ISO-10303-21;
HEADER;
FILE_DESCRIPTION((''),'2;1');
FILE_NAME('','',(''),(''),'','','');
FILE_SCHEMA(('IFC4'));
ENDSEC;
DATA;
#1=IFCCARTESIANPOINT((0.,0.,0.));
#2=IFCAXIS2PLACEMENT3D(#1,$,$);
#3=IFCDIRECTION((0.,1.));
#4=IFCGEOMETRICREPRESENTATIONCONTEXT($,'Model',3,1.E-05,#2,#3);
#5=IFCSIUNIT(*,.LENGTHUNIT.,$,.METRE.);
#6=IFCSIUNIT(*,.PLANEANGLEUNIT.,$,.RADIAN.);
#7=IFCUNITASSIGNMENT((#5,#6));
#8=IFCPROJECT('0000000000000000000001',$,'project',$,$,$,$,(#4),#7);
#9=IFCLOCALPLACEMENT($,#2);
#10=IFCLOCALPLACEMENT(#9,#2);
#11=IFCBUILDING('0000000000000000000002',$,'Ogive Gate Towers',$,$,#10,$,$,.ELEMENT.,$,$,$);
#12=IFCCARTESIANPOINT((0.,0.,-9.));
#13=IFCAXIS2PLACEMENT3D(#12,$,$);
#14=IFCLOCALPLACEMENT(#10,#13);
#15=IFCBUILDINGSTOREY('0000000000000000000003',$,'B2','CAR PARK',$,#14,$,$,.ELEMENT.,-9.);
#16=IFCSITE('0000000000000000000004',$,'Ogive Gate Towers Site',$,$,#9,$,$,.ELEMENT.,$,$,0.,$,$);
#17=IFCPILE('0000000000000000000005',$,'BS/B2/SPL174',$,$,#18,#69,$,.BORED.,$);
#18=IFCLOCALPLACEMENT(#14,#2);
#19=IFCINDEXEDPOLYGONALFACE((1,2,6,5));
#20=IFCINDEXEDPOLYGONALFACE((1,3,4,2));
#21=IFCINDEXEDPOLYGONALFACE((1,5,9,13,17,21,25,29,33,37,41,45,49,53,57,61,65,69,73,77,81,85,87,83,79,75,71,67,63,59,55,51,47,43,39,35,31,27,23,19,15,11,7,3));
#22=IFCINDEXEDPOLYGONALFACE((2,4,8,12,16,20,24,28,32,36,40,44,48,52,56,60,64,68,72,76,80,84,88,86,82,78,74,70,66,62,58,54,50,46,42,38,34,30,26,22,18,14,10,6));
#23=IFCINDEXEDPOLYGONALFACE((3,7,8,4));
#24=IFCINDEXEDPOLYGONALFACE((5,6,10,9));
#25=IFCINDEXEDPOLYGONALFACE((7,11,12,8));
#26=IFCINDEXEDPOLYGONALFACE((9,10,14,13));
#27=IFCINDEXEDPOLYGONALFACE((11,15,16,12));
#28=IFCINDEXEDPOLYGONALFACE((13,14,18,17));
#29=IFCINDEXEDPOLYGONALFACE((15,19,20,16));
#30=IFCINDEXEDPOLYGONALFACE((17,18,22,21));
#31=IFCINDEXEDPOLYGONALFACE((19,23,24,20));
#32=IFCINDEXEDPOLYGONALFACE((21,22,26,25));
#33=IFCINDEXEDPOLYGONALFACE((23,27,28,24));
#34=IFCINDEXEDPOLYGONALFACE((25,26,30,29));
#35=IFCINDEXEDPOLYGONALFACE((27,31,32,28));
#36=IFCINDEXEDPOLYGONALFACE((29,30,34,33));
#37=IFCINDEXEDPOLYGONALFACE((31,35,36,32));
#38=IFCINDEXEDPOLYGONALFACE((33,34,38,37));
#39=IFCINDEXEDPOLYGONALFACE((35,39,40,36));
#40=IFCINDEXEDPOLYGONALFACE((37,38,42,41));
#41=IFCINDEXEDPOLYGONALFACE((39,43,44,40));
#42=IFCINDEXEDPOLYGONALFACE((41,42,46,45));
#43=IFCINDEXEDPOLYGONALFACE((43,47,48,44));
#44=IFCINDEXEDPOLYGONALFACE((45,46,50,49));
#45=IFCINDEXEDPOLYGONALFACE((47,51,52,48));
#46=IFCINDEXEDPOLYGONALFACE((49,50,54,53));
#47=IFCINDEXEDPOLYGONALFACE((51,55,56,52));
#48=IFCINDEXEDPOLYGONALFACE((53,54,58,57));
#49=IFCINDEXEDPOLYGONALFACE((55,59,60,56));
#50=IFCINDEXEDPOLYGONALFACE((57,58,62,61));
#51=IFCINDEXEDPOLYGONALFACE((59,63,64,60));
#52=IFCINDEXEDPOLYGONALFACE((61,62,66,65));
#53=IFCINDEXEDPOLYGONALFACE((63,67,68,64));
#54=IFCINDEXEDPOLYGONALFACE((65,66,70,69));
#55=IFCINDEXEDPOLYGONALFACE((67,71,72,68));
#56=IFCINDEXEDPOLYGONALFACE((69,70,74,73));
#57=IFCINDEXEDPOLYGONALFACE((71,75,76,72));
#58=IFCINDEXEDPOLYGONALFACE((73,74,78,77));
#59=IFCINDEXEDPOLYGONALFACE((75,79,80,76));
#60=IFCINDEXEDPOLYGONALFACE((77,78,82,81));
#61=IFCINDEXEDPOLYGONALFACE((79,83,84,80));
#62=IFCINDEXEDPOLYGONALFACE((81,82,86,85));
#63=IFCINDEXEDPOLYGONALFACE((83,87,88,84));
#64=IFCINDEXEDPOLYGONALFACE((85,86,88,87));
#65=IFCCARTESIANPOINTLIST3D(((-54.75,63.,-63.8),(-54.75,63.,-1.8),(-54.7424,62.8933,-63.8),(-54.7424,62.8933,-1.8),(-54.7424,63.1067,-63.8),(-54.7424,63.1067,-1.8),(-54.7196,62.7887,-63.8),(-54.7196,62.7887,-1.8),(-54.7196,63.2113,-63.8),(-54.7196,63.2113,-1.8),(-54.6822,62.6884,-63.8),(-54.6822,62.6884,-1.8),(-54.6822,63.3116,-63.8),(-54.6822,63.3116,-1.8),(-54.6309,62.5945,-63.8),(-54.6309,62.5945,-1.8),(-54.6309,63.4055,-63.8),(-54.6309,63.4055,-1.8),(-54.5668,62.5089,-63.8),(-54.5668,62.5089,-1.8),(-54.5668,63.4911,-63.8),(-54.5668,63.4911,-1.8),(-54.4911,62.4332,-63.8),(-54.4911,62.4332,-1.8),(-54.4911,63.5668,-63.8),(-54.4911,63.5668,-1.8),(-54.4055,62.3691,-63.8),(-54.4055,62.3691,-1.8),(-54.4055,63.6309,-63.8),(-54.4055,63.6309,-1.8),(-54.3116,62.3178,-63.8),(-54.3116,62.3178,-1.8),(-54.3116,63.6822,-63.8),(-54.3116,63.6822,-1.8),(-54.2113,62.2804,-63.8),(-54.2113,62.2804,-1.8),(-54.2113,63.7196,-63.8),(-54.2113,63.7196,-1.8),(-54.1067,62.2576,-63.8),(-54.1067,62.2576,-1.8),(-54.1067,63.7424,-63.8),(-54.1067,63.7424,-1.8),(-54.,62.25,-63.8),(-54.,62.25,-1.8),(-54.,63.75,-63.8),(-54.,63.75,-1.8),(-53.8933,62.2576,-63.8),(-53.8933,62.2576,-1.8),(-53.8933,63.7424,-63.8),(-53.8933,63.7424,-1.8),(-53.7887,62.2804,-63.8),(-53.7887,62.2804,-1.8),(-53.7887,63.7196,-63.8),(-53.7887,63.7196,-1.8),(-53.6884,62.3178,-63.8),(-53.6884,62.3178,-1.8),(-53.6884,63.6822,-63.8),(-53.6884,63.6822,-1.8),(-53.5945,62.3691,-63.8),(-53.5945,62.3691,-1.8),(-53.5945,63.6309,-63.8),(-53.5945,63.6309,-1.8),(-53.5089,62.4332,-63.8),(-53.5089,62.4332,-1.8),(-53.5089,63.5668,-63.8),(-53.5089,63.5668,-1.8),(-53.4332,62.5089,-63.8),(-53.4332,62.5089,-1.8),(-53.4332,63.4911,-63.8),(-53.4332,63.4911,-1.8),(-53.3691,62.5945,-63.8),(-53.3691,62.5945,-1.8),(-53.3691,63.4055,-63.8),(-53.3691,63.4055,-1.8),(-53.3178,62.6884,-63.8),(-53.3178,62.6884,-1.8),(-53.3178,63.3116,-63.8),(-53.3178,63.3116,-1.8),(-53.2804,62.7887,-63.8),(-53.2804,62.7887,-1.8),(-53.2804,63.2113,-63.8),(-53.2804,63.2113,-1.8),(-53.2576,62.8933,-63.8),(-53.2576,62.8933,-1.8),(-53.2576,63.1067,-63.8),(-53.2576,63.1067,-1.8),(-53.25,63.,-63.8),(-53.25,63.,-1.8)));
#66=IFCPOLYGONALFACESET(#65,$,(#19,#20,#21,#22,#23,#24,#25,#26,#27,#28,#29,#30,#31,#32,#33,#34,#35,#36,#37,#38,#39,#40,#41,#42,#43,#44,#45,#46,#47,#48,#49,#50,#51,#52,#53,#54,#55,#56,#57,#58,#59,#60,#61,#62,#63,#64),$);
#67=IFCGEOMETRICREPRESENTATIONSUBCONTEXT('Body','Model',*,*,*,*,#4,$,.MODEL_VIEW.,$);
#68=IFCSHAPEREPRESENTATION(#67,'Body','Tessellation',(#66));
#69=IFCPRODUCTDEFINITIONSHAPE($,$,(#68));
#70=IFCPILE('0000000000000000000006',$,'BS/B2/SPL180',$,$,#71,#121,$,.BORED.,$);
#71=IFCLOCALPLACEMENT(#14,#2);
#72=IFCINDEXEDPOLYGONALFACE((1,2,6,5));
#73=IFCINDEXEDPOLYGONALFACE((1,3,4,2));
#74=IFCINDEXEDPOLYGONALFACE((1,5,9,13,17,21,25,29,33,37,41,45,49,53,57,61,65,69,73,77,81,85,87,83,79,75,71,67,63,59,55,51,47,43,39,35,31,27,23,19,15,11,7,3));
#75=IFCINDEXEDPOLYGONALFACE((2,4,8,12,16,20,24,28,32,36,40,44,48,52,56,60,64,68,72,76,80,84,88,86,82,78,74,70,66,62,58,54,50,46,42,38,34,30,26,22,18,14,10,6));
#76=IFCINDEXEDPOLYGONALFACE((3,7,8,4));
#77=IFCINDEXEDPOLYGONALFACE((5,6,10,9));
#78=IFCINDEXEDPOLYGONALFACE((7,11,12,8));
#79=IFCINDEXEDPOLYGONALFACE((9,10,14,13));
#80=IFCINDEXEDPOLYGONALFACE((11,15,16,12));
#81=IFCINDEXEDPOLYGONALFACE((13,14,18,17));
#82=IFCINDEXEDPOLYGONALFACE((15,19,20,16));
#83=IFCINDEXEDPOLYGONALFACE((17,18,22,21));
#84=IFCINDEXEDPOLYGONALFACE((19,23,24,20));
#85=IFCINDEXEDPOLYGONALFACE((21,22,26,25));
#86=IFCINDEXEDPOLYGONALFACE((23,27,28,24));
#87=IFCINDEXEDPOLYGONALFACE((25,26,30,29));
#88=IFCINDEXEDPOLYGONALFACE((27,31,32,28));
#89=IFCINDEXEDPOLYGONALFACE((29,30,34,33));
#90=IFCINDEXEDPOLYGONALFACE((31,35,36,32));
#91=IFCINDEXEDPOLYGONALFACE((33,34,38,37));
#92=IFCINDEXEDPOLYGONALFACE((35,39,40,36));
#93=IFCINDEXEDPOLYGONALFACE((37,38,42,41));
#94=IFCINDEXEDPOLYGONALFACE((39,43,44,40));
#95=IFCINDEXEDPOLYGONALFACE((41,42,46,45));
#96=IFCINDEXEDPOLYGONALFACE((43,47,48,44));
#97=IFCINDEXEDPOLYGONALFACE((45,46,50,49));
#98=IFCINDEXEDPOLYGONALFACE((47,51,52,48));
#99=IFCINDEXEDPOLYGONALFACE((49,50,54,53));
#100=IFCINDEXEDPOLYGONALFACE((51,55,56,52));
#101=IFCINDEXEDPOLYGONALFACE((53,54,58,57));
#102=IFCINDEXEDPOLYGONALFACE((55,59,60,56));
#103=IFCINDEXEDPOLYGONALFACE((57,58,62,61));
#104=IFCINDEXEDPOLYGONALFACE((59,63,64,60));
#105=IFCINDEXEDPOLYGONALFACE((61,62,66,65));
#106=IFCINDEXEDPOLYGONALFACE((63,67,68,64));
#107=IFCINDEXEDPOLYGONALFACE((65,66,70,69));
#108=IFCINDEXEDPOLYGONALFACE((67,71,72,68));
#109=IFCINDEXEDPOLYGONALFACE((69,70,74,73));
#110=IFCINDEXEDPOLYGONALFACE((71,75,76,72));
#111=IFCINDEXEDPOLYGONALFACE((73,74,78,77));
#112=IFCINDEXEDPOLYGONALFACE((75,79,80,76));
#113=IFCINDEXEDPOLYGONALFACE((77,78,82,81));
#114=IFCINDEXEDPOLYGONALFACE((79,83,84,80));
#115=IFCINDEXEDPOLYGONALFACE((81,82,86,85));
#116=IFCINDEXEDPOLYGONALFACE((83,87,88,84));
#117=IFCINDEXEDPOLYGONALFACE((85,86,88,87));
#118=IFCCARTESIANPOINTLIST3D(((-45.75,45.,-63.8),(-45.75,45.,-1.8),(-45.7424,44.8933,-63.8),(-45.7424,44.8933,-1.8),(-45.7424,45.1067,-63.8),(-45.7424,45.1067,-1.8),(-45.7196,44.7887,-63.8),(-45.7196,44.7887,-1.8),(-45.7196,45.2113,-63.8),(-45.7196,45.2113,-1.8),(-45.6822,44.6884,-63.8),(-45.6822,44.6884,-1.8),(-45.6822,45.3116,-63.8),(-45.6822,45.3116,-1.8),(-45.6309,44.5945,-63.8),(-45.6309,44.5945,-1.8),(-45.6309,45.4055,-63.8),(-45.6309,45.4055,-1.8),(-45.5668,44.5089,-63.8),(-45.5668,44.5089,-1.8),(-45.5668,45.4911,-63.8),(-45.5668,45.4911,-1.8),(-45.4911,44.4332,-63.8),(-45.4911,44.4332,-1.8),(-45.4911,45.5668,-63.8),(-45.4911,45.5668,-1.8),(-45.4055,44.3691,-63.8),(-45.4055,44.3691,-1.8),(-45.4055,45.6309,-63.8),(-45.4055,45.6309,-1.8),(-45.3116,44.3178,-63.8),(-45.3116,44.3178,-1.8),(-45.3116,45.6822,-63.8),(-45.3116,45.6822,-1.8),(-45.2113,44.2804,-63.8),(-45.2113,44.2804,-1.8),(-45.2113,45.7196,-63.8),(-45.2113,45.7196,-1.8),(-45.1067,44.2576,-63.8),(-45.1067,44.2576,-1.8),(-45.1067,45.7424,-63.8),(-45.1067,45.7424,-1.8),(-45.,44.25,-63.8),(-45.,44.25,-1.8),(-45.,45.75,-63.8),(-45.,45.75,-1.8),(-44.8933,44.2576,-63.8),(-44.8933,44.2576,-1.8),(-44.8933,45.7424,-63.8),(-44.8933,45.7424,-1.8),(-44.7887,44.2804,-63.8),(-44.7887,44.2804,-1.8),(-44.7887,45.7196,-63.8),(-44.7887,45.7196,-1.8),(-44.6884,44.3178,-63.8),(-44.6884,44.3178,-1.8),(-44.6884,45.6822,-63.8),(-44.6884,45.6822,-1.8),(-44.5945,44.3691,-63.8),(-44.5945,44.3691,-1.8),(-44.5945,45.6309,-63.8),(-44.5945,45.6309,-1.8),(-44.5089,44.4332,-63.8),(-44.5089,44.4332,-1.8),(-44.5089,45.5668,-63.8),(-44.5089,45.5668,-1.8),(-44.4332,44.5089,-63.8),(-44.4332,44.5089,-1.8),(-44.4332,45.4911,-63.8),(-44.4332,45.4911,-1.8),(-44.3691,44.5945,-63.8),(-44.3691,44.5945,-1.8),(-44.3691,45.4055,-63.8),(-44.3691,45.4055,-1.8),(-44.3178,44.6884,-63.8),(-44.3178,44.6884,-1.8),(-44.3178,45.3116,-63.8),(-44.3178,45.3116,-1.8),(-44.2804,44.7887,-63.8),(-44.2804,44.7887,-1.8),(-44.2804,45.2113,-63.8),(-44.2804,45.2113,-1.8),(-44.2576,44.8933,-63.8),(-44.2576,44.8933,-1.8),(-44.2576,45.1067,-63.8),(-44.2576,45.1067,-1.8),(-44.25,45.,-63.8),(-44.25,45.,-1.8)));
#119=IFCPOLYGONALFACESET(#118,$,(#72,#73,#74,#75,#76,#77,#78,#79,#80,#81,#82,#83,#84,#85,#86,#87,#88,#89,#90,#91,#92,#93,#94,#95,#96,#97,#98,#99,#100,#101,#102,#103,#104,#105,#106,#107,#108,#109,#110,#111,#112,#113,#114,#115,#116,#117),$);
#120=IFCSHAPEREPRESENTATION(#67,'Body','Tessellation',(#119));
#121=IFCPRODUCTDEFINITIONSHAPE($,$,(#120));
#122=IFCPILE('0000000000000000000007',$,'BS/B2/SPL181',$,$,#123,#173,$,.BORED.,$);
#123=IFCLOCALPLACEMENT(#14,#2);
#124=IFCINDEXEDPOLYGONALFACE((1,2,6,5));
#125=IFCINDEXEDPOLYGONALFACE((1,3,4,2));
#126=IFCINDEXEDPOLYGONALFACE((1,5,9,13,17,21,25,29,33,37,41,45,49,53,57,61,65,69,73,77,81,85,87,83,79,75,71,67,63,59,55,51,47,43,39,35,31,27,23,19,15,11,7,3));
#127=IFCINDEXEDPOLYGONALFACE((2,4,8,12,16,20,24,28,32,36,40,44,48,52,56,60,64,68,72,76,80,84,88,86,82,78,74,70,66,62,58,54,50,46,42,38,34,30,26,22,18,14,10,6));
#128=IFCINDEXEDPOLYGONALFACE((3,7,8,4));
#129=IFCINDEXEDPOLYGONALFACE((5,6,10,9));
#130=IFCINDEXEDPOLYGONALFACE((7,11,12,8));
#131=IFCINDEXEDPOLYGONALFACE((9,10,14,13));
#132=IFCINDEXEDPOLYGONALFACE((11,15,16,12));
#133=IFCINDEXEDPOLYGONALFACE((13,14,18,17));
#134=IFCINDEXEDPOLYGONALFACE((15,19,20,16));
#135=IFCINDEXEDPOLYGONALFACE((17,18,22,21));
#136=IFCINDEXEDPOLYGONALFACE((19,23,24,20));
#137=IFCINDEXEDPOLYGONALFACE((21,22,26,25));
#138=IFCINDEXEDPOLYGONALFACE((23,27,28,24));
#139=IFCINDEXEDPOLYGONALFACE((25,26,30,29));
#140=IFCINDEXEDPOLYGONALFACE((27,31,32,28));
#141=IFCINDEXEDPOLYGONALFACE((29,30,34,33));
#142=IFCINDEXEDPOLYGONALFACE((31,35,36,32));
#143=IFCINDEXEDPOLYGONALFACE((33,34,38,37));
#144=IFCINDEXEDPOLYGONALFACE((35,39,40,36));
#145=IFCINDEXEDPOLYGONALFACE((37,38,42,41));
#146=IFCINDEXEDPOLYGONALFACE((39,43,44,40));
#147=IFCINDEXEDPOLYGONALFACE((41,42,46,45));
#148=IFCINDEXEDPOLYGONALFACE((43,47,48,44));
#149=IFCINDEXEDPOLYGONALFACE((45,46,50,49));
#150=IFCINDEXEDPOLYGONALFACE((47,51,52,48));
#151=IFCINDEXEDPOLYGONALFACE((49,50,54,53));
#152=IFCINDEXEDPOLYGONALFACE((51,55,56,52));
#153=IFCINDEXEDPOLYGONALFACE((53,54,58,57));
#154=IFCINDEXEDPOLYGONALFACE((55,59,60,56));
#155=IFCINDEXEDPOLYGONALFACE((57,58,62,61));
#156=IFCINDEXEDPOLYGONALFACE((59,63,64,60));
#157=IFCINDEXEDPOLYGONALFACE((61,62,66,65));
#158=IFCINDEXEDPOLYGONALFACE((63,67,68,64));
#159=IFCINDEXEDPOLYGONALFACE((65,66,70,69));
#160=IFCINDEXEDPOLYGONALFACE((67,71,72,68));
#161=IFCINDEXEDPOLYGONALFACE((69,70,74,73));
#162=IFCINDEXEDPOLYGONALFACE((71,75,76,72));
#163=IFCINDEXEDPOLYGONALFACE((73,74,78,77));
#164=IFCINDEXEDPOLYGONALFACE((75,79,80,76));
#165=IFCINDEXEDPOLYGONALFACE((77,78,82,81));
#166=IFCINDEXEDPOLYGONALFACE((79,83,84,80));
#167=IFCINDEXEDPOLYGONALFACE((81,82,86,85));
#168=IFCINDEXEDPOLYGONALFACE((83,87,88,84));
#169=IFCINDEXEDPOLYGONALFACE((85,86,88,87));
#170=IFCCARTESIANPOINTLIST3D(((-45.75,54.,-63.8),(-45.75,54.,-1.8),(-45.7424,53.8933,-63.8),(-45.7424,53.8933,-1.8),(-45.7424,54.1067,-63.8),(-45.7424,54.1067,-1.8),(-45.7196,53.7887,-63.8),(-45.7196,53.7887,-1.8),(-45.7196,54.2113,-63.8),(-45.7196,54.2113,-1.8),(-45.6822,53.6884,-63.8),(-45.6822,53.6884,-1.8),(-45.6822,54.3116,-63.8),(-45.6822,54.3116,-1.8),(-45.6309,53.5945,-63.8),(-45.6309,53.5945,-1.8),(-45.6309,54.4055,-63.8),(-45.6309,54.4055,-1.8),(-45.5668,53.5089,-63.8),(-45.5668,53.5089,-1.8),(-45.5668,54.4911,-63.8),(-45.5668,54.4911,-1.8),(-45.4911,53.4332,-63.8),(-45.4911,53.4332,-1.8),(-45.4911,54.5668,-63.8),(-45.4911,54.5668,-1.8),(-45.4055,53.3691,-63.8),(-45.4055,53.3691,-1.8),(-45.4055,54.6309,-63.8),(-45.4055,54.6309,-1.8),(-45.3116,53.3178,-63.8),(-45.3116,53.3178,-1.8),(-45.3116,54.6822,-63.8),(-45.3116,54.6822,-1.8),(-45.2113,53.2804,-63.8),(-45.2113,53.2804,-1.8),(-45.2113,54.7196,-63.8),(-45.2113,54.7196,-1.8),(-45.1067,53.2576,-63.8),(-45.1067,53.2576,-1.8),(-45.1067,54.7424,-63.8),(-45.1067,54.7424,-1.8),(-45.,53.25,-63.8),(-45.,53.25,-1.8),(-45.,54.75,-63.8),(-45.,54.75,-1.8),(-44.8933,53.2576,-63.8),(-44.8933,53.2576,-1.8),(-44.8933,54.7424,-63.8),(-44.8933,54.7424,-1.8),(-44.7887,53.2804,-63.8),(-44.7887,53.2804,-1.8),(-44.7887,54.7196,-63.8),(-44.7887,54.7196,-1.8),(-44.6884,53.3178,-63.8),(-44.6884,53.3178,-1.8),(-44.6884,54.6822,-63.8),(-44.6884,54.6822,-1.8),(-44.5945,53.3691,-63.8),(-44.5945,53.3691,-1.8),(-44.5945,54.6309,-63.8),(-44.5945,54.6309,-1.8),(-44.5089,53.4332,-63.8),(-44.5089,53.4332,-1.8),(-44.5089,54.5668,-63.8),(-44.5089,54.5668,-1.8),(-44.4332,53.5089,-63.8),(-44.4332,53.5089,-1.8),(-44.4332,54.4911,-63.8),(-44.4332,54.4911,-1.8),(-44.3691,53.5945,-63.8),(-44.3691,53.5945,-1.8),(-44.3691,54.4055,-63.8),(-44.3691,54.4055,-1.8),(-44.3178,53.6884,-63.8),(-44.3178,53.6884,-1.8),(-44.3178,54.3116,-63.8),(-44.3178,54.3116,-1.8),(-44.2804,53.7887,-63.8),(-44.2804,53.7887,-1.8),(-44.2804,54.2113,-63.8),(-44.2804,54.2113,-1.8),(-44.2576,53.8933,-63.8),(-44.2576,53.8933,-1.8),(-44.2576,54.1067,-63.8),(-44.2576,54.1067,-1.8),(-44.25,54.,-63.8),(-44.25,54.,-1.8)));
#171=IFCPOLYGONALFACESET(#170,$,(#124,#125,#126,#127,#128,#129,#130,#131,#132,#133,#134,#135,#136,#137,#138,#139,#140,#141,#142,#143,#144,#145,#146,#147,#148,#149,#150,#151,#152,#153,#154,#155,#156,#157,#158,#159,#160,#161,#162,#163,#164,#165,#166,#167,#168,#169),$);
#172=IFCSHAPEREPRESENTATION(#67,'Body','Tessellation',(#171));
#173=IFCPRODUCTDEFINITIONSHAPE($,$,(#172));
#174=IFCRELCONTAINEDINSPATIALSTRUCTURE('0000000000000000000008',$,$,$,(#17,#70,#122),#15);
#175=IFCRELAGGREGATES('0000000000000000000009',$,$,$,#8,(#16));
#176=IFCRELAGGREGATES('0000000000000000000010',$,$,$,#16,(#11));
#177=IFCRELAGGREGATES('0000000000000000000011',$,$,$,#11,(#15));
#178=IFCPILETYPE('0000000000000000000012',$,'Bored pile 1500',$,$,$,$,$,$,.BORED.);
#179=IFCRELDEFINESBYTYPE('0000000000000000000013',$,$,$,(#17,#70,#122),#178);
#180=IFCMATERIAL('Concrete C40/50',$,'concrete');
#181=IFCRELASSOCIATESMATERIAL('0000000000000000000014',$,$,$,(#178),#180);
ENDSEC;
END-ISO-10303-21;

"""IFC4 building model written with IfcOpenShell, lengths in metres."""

from ifc_helpers import new_model, si_unit, direction, frame, origin, origin_2d, place, context, subcontext, project, spatial, circle, extrude, material, material_profile, profile_set, type_object, element, save


model = new_model("IFC4")

# Units and contexts
model_context = context("Model", 3, precision=1e-05, world=origin(), true_north=direction((0.0, 1.0)))
body_context = subcontext(model_context, "Body", "Model", "MODEL_VIEW")
ifc_project = project(units=[si_unit("LENGTHUNIT", "METRE"), si_unit("PLANEANGLEUNIT", "RADIAN")], contexts=[model_context])

# Site, building, storey
site_placement = place(None, origin())
site = spatial("IfcSite", under=ifc_project, at=site_placement, Name="Ogive Gate Towers Site", CompositionType="ELEMENT", RefElevation=0.0)
building_placement = place(site_placement, origin())
building = spatial("IfcBuilding", under=site, at=building_placement, Name="Ogive Gate Towers", CompositionType="ELEMENT")
storey_placement = place(building_placement, frame((0.0, 0.0, -9.0)))
storey = spatial("IfcBuildingStorey", under=building, at=storey_placement, Name="B2", Description="CAR PARK", CompositionType="ELEMENT", Elevation=-9.0)

# Piles
ifc_material_1 = material(Name="Concrete C40/50", Category="concrete")
ifc_material_profile_1 = material_profile(ifc_material_1, circle(Radius=0.75, at=origin_2d()), Name="BP 1500")
ifc_profile_set_1 = profile_set([ifc_material_profile_1], Name="Concrete C40/50")
pile_type = type_object("IfcPileType", Name="Bored pile 1500", PredefinedType="BORED", material=ifc_profile_set_1)
for number, where, z_axis, x_axis, name in (
    (1, (-54.0, 63.0, -1.8), (0.0, 0.0, -1.0), (1.0, 0.0, 0.0), "BS/B2/SPL174"),
    (2, (-45.0, 45.0, -1.8), (0.0, 0.0, -1.0), (1.0, 0.0, 0.0), "BS/B2/SPL180"),
    (3, (-45.0, 54.0, -1.8), (0.0, 0.0, -1.0), (1.0, 0.0, 0.0), "BS/B2/SPL181"),
):
    element("IfcPile", number, at=place(storey_placement, frame(where, z_axis=z_axis, x_axis=x_axis)), inside=storey, type_object=pile_type, Name=name, PredefinedType="BORED", context=body_context, shape_type="SweptSolid", body=[
        extrude(circle(Radius=0.75, at=origin_2d()), origin(), (0.0, 0.0, 1.0), 62.0),
    ])

save(model, "model.ifc")
